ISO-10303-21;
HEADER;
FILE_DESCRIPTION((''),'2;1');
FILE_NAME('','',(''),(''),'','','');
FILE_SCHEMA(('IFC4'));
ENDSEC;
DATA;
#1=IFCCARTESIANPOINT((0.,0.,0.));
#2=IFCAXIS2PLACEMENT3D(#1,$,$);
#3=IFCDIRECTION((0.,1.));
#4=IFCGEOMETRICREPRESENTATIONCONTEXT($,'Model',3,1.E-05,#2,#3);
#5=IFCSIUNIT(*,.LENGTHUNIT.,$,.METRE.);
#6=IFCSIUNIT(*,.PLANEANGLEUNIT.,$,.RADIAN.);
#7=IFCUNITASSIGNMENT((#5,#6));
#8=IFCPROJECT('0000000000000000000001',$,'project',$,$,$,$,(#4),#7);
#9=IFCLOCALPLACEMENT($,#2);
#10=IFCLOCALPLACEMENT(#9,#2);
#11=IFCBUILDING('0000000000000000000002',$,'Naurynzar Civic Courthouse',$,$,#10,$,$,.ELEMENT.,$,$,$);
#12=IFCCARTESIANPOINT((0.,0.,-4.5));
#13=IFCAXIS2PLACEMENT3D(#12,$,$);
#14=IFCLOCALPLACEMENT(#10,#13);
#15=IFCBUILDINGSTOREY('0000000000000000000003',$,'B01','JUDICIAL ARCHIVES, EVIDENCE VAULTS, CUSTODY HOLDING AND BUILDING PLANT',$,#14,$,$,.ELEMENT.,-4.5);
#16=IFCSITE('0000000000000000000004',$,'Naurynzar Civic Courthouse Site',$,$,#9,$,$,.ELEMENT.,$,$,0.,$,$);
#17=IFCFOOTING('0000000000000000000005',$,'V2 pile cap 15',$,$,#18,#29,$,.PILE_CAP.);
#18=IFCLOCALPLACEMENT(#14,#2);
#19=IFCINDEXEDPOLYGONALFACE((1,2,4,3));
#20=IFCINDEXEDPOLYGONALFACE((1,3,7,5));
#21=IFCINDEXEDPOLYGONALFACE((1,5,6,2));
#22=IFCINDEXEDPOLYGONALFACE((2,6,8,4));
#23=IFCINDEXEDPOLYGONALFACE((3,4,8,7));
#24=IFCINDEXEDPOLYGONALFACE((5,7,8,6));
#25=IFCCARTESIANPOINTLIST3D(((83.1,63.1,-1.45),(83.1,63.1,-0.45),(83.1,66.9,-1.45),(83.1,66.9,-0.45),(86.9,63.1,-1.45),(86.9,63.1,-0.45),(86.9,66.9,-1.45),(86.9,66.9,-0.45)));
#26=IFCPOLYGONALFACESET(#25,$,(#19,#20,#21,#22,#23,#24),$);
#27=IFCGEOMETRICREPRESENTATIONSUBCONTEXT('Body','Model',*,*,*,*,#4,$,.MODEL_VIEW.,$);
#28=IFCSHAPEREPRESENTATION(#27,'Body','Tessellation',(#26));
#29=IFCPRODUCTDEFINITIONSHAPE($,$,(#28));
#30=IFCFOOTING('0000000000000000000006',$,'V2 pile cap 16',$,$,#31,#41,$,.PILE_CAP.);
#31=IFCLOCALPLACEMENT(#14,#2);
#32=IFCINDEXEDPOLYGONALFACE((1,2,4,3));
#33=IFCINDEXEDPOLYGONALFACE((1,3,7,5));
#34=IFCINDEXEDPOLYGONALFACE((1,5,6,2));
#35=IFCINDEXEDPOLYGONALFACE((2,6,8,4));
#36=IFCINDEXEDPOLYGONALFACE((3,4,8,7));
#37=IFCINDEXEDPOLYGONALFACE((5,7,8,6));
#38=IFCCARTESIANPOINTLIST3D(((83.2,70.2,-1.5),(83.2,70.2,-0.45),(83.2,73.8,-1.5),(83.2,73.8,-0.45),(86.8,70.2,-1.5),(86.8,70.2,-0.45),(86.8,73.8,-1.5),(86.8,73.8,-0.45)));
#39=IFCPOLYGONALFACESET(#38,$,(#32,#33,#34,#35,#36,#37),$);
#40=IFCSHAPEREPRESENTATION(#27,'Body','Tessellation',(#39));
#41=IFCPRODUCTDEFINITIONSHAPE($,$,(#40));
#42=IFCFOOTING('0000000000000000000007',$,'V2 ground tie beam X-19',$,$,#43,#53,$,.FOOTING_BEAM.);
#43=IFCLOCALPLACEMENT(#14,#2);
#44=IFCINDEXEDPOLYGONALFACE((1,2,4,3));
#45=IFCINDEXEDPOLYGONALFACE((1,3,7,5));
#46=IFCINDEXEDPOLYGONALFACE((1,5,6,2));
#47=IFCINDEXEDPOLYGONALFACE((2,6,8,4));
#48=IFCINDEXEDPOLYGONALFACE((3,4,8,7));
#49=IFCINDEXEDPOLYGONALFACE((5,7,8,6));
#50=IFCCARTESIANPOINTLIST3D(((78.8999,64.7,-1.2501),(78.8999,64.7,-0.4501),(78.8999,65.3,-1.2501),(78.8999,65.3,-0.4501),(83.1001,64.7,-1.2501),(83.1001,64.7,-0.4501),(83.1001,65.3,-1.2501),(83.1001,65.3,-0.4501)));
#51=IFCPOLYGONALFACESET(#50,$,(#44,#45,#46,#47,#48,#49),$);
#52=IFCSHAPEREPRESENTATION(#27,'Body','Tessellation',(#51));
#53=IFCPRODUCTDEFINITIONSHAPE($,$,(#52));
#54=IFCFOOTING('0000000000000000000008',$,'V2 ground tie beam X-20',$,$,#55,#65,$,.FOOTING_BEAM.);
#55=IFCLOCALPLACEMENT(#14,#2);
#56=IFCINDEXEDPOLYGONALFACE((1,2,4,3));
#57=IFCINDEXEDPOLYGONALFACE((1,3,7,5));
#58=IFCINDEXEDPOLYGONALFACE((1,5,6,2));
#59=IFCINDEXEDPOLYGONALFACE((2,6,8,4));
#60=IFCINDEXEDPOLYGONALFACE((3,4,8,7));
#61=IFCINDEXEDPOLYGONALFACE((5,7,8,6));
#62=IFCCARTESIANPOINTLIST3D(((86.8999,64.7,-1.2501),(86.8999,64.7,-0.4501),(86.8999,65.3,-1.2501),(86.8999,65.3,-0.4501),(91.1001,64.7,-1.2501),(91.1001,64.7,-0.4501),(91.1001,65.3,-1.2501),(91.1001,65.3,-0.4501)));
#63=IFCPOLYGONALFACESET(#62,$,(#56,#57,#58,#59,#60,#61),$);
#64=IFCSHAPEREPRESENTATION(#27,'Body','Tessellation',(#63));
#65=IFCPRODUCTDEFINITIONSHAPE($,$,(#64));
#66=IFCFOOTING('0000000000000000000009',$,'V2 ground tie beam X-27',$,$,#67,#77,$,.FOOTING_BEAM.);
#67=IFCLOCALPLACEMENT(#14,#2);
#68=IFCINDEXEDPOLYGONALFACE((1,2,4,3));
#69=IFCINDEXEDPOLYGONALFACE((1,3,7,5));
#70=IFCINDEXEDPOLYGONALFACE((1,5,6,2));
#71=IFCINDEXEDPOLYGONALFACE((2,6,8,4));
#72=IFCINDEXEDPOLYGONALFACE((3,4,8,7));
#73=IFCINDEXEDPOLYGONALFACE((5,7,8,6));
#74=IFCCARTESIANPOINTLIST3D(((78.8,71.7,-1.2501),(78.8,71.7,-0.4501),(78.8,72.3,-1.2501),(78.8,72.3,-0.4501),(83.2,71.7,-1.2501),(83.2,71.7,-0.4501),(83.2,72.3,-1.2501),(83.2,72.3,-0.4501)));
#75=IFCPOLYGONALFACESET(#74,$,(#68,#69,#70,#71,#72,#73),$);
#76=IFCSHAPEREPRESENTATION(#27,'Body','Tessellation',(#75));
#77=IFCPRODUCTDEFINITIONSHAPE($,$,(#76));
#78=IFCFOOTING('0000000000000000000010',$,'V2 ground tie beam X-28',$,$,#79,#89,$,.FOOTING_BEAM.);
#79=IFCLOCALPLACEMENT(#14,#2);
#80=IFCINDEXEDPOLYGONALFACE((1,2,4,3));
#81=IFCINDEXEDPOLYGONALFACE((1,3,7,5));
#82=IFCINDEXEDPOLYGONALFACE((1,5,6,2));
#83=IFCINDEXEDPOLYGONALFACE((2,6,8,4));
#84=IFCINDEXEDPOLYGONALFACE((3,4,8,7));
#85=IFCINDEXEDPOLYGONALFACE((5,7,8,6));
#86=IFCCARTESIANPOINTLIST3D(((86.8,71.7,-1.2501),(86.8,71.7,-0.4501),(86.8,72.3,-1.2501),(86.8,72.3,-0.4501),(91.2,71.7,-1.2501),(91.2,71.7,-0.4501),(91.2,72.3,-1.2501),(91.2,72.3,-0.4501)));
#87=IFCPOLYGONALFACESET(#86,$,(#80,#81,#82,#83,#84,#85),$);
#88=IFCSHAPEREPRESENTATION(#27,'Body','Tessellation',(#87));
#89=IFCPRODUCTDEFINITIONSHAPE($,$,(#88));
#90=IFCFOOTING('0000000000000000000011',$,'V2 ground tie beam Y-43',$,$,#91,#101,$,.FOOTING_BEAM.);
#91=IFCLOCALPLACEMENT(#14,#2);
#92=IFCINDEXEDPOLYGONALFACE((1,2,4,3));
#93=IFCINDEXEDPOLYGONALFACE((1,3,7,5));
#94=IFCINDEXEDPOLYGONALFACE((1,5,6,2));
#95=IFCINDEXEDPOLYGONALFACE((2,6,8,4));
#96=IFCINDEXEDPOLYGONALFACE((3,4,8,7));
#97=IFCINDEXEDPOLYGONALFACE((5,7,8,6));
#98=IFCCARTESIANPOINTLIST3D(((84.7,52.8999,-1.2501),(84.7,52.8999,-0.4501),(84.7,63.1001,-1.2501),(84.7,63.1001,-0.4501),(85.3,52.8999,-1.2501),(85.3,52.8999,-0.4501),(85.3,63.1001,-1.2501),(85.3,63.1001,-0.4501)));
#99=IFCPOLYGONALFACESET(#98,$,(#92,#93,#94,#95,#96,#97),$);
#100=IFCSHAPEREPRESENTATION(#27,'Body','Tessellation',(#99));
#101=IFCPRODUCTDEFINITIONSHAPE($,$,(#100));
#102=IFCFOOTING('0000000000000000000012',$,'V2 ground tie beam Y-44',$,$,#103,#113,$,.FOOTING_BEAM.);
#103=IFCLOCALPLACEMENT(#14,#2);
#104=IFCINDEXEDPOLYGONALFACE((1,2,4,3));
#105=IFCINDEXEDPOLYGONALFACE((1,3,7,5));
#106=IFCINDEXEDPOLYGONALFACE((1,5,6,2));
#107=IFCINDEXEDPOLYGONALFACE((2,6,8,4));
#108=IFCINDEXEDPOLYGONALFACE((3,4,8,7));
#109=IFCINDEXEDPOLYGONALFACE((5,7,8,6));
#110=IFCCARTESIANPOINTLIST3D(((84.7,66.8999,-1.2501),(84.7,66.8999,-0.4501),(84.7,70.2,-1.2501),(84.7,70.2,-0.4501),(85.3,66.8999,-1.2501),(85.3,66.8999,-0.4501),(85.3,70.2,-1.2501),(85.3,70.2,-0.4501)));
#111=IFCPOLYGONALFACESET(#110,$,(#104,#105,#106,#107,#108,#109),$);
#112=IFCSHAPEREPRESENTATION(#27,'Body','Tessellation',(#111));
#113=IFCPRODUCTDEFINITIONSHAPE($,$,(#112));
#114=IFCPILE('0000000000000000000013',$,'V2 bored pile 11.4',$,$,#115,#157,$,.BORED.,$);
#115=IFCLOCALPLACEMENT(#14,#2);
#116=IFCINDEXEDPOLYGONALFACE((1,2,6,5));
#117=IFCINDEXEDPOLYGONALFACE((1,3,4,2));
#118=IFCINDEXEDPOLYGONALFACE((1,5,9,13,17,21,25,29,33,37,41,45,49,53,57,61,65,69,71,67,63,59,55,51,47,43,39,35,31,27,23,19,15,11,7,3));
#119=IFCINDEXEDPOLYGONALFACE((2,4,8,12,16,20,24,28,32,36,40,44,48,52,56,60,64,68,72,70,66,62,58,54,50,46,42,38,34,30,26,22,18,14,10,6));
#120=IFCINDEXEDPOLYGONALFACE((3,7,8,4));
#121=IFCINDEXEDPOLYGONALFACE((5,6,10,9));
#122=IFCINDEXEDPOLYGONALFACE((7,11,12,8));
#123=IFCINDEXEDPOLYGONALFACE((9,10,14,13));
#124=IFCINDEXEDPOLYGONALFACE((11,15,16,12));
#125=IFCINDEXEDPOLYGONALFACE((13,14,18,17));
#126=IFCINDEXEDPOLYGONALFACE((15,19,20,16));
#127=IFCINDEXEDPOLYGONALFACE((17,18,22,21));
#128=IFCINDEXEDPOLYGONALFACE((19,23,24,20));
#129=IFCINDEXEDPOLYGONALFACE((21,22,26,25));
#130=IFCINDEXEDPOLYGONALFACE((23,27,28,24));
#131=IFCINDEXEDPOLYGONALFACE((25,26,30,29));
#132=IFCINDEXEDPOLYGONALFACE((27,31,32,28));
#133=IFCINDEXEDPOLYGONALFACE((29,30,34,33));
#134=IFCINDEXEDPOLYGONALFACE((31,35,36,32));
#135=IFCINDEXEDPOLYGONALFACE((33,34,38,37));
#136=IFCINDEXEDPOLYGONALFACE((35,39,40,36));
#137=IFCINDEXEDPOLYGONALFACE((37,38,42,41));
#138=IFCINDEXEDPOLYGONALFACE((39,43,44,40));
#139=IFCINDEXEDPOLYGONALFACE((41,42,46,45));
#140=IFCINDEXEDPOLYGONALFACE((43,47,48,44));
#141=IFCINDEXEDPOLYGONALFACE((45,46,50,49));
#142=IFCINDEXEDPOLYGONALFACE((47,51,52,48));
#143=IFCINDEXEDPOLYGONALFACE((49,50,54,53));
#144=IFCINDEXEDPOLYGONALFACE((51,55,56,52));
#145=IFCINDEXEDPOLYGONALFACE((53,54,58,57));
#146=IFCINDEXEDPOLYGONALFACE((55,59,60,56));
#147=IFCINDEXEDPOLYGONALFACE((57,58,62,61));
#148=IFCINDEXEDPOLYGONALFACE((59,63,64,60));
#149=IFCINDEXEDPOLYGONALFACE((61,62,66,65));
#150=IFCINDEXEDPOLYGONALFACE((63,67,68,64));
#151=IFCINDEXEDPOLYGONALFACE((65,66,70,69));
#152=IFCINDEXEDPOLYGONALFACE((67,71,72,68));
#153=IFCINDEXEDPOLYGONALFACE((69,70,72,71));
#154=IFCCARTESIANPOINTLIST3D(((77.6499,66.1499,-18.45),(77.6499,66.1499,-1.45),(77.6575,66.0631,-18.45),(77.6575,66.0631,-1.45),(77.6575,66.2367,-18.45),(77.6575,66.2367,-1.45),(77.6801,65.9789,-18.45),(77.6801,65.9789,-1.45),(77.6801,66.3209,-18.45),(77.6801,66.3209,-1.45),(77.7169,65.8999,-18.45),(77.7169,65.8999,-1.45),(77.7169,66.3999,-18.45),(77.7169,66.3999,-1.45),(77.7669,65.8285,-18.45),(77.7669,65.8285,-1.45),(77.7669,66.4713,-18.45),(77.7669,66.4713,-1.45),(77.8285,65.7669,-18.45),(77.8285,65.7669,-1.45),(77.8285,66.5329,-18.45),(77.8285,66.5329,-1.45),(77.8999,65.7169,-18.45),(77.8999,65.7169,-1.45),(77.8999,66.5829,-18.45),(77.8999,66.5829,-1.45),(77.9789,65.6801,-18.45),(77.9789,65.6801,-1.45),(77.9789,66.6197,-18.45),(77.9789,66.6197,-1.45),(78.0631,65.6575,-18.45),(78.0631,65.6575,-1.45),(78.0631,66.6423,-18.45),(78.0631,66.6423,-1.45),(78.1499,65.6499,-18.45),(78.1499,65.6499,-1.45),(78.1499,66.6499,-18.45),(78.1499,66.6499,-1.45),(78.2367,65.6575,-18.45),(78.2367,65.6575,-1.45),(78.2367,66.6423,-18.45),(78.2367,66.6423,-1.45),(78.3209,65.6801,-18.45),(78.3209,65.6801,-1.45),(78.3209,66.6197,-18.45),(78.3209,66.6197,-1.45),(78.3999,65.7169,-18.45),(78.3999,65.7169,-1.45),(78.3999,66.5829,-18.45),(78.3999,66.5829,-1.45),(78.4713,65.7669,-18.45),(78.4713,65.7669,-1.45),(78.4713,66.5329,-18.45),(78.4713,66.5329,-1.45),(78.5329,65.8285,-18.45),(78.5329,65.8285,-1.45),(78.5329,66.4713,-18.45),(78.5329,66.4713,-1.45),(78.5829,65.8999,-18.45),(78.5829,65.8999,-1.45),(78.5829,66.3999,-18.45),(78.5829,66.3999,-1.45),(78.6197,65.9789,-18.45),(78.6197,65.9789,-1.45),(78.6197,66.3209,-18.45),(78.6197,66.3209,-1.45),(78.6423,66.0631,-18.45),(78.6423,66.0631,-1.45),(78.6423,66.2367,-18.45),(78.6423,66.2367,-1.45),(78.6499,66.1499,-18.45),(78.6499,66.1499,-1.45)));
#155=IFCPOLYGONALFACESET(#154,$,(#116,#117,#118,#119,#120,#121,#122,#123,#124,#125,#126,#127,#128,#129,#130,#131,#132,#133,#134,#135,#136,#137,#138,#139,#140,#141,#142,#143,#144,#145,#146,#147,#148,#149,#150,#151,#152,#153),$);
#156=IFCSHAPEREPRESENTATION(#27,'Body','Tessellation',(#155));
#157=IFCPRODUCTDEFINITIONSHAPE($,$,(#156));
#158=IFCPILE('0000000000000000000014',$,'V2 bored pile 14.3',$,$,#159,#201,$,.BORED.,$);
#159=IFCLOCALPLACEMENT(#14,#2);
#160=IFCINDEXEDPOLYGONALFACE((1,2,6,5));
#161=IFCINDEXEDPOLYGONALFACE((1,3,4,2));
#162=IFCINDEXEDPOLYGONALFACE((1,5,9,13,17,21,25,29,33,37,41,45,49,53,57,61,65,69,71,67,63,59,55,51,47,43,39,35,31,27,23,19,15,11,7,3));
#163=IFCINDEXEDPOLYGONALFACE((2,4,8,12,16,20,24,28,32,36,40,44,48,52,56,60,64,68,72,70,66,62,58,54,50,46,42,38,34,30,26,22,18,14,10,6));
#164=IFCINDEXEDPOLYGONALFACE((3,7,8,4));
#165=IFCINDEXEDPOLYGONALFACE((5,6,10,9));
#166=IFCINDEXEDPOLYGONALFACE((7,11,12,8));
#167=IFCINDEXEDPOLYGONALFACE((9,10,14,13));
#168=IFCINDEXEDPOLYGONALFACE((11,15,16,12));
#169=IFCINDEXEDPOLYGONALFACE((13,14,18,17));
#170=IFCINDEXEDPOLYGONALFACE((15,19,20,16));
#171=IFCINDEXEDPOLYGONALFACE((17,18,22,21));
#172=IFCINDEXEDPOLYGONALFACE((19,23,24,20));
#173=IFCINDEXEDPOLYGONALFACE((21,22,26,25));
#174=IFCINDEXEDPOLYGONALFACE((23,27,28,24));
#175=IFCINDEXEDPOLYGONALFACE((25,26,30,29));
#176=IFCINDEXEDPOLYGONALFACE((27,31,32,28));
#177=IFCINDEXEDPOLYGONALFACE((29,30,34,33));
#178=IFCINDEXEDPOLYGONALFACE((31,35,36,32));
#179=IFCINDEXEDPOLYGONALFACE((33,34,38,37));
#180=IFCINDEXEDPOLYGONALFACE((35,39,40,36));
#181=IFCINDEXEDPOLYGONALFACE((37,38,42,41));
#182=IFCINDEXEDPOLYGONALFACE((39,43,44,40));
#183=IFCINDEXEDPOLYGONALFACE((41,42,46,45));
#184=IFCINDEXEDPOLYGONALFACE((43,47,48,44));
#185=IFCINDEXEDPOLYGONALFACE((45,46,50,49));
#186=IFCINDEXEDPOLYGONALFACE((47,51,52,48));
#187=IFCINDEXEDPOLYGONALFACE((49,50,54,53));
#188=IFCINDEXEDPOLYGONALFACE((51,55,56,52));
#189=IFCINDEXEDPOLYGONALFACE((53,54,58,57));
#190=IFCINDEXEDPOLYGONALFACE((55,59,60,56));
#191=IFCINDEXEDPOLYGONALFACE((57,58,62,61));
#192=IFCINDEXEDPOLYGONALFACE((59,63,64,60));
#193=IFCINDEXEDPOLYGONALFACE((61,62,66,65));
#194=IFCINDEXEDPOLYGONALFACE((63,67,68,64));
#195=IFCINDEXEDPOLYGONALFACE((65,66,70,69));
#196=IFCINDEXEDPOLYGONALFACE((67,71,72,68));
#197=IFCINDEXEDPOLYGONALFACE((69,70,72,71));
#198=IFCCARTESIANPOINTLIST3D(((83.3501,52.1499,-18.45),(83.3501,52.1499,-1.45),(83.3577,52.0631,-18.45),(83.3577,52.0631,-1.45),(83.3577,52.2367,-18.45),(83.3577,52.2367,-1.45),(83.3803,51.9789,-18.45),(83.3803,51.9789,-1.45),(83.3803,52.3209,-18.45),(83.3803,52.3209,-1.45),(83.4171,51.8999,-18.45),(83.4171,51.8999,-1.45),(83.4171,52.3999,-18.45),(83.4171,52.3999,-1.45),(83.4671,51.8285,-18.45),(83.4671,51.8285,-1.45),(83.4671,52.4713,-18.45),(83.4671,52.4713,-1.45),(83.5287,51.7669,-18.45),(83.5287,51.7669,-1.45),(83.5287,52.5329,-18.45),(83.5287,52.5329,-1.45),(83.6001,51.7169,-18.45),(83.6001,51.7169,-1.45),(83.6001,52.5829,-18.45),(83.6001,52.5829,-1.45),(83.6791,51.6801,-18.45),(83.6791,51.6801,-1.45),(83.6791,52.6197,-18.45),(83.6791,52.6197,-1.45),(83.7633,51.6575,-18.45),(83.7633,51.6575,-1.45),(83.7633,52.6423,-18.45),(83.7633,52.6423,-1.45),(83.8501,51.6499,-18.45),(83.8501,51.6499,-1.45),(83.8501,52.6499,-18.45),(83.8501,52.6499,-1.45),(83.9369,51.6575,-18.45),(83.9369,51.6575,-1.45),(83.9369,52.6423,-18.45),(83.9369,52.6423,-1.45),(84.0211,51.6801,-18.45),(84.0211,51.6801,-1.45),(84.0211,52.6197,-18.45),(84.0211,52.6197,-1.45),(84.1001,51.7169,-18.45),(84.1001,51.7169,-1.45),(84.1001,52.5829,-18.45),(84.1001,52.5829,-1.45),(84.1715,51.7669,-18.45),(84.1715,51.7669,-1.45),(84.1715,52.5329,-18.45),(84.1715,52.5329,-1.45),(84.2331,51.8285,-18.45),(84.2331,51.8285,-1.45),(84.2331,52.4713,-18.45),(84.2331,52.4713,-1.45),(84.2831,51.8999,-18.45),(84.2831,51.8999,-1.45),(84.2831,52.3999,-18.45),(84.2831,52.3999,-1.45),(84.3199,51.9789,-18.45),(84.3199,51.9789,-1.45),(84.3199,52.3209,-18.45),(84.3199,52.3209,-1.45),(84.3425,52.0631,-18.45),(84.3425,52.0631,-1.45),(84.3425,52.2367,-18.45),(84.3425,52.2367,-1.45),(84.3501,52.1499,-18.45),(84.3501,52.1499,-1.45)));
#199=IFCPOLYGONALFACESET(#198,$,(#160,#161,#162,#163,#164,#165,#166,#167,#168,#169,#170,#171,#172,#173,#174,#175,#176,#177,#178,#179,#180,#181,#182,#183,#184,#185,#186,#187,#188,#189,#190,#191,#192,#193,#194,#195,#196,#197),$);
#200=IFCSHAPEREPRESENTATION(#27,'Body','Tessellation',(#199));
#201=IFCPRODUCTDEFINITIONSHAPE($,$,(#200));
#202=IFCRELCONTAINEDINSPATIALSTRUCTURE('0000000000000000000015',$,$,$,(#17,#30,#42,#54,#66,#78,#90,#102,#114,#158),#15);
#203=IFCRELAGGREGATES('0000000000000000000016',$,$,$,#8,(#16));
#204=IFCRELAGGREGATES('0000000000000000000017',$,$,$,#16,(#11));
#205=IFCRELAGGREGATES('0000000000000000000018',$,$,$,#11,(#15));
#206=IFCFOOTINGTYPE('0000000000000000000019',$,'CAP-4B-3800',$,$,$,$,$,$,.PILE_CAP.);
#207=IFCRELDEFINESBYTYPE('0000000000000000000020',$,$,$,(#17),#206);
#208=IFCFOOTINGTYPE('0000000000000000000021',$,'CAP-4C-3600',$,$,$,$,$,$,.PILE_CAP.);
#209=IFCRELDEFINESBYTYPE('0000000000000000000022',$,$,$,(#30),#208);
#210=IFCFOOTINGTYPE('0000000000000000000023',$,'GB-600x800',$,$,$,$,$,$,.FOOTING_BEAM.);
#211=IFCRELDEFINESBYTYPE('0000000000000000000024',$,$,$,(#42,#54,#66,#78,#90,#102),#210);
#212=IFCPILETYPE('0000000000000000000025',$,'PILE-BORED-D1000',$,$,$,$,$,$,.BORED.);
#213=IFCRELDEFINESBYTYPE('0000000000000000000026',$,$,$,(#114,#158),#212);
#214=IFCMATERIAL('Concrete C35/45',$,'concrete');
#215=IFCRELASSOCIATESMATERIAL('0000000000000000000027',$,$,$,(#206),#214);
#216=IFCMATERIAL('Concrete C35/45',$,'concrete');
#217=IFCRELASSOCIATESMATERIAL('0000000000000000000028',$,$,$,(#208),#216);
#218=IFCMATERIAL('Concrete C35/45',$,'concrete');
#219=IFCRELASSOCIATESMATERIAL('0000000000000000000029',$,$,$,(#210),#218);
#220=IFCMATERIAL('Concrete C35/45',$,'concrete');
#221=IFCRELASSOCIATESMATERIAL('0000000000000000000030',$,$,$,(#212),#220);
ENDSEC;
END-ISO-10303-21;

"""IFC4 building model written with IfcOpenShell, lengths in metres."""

from ifc_helpers import new_model, si_unit, direction, frame, origin, origin_2d, place, context, subcontext, project, spatial, rectangle, circle, extrude, material, material_profile, profile_set, type_object, element, save


model = new_model("IFC4")

# Units and contexts
model_context = context("Model", 3, precision=1e-05, world=origin(), true_north=direction((0.0, 1.0)))
body_context = subcontext(model_context, "Body", "Model", "MODEL_VIEW")
ifc_project = project(units=[si_unit("LENGTHUNIT", "METRE"), si_unit("PLANEANGLEUNIT", "RADIAN")], contexts=[model_context])

# Site, building, storey
site_placement = place(None, origin())
site = spatial("IfcSite", under=ifc_project, at=site_placement, Name="Naurynzar Civic Courthouse Site", CompositionType="ELEMENT", RefElevation=0.0)
building_placement = place(site_placement, origin())
building = spatial("IfcBuilding", under=site, at=building_placement, Name="Naurynzar Civic Courthouse", CompositionType="ELEMENT")
storey_placement = place(building_placement, frame((0.0, 0.0, -4.5)))
storey = spatial("IfcBuildingStorey", under=building, at=storey_placement, Name="B01", Description="JUDICIAL ARCHIVES, EVIDENCE VAULTS, CUSTODY HOLDING AND BUILDING PLANT", CompositionType="ELEMENT", Elevation=-4.5)

# Footings
ifc_material_1 = material(Name="Concrete C35/45", Category="concrete")
footing_type_1 = type_object("IfcFootingType", Name="CAP-4B-3800", PredefinedType="PILE_CAP", material=ifc_material_1)
footing_1_placement = place(storey_placement, frame((85.0, 65.0, -1.45), z_axis=(0.0, 0.0, 1.0), x_axis=(1.0, 0.0, 0.0)))
element("IfcFooting", 1, at=footing_1_placement, inside=storey, type_object=footing_type_1, Name="V2 pile cap 15", PredefinedType="PILE_CAP", context=body_context, shape_type="SweptSolid", body=[
    extrude(rectangle(XDim=3.8, YDim=3.8, at=origin_2d()), origin(), (0.0, 0.0, 1.0), 1.0),
])
ifc_material_2 = material(Name="Concrete C35/45", Category="concrete")
footing_type_2 = type_object("IfcFootingType", Name="CAP-4C-3600", PredefinedType="PILE_CAP", material=ifc_material_2)
footing_2_placement = place(storey_placement, frame((85.0, 72.0, -1.5), z_axis=(0.0, 0.0, 1.0), x_axis=(1.0, 0.0, 0.0)))
element("IfcFooting", 2, at=footing_2_placement, inside=storey, type_object=footing_type_2, Name="V2 pile cap 16", PredefinedType="PILE_CAP", context=body_context, shape_type="SweptSolid", body=[
    extrude(rectangle(XDim=3.6001, YDim=3.6001, at=origin_2d()), origin(), (0.0, 0.0, 1.0), 1.05),
])
ifc_material_3 = material(Name="Concrete C35/45", Category="concrete")
ifc_material_profile_1 = material_profile(ifc_material_3, rectangle(XDim=0.6001, YDim=0.8, at=origin_2d()), Name="GB 600x800")
ifc_profile_set_1 = profile_set([ifc_material_profile_1], Name="Concrete C35/45")
footing_type_3 = type_object("IfcFootingType", Name="GB-600x800", PredefinedType="FOOTING_BEAM", material=ifc_profile_set_1)
for number, where, z_axis, x_axis, name in (
    (3, (78.8999, 65.0, -0.8501), (1.0, 0.0, 0.0), (0.0, 1.0, 0.0), "V2 ground tie beam X-19"),
    (4, (86.8999, 65.0, -0.8501), (1.0, 0.0, 0.0), (0.0, 1.0, 0.0), "V2 ground tie beam X-20"),
):
    element("IfcFooting", number, at=place(storey_placement, frame(where, z_axis=z_axis, x_axis=x_axis)), inside=storey, type_object=footing_type_3, Name=name, PredefinedType="FOOTING_BEAM", context=body_context, shape_type="SweptSolid", body=[
        extrude(rectangle(XDim=0.6001, YDim=0.8, at=origin_2d()), origin(), (0.0, 0.0, 1.0), 4.2002),
    ])
for number, where, z_axis, x_axis, name in (
    (5, (78.8, 72.0, -0.8501), (1.0, 0.0, 0.0), (0.0, 1.0, 0.0), "V2 ground tie beam X-27"),
    (6, (86.8, 72.0, -0.8501), (1.0, 0.0, 0.0), (0.0, 1.0, 0.0), "V2 ground tie beam X-28"),
):
    element("IfcFooting", number, at=place(storey_placement, frame(where, z_axis=z_axis, x_axis=x_axis)), inside=storey, type_object=footing_type_3, Name=name, PredefinedType="FOOTING_BEAM", context=body_context, shape_type="SweptSolid", body=[
        extrude(rectangle(XDim=0.6001, YDim=0.8, at=origin_2d()), origin(), (0.0, 0.0, 1.0), 4.3999),
    ])
footing_3_placement = place(storey_placement, frame((85.0, 52.8999, -0.8501), z_axis=(0.0, 1.0, 0.0), x_axis=(-1.0, 0.0, 0.0)))
element("IfcFooting", 7, at=footing_3_placement, inside=storey, type_object=footing_type_3, Name="V2 ground tie beam Y-43", PredefinedType="FOOTING_BEAM", context=body_context, shape_type="SweptSolid", body=[
    extrude(rectangle(XDim=0.6001, YDim=0.8, at=origin_2d()), origin(), (0.0, 0.0, 1.0), 10.2002),
])
footing_4_placement = place(storey_placement, frame((85.0, 66.8999, -0.8501), z_axis=(0.0, 1.0, 0.0), x_axis=(-1.0, 0.0, 0.0)))
element("IfcFooting", 8, at=footing_4_placement, inside=storey, type_object=footing_type_3, Name="V2 ground tie beam Y-44", PredefinedType="FOOTING_BEAM", context=body_context, shape_type="SweptSolid", body=[
    extrude(rectangle(XDim=0.6001, YDim=0.8, at=origin_2d()), origin(), (0.0, 0.0, 1.0), 3.3),
])

# Piles
ifc_material_4 = material(Name="Concrete C35/45", Category="concrete")
ifc_material_profile_2 = material_profile(ifc_material_4, circle(Radius=0.5, at=origin_2d()), Name="PILE D1000")
ifc_profile_set_2 = profile_set([ifc_material_profile_2], Name="Concrete C35/45")
pile_type_1 = type_object("IfcPileType", Name="PILE-BORED-D1000", PredefinedType="BORED", material=ifc_profile_set_2)
for number, where, z_axis, x_axis, name in (
    (9, (78.1499, 66.1499, -1.45), (0.0, 0.0, -1.0), (1.0, 0.0, 0.0), "V2 bored pile 11.4"),
    (10, (83.8501, 52.1499, -1.45), (0.0, 0.0, -1.0), (1.0, 0.0, 0.0), "V2 bored pile 14.3"),
):
    element("IfcPile", number, at=place(storey_placement, frame(where, z_axis=z_axis, x_axis=x_axis)), inside=storey, type_object=pile_type_1, Name=name, PredefinedType="BORED", context=body_context, shape_type="SweptSolid", body=[
        extrude(circle(Radius=0.5, at=origin_2d()), origin(), (0.0, 0.0, 1.0), 17.0),
    ])

save(model, "model.ifc")
